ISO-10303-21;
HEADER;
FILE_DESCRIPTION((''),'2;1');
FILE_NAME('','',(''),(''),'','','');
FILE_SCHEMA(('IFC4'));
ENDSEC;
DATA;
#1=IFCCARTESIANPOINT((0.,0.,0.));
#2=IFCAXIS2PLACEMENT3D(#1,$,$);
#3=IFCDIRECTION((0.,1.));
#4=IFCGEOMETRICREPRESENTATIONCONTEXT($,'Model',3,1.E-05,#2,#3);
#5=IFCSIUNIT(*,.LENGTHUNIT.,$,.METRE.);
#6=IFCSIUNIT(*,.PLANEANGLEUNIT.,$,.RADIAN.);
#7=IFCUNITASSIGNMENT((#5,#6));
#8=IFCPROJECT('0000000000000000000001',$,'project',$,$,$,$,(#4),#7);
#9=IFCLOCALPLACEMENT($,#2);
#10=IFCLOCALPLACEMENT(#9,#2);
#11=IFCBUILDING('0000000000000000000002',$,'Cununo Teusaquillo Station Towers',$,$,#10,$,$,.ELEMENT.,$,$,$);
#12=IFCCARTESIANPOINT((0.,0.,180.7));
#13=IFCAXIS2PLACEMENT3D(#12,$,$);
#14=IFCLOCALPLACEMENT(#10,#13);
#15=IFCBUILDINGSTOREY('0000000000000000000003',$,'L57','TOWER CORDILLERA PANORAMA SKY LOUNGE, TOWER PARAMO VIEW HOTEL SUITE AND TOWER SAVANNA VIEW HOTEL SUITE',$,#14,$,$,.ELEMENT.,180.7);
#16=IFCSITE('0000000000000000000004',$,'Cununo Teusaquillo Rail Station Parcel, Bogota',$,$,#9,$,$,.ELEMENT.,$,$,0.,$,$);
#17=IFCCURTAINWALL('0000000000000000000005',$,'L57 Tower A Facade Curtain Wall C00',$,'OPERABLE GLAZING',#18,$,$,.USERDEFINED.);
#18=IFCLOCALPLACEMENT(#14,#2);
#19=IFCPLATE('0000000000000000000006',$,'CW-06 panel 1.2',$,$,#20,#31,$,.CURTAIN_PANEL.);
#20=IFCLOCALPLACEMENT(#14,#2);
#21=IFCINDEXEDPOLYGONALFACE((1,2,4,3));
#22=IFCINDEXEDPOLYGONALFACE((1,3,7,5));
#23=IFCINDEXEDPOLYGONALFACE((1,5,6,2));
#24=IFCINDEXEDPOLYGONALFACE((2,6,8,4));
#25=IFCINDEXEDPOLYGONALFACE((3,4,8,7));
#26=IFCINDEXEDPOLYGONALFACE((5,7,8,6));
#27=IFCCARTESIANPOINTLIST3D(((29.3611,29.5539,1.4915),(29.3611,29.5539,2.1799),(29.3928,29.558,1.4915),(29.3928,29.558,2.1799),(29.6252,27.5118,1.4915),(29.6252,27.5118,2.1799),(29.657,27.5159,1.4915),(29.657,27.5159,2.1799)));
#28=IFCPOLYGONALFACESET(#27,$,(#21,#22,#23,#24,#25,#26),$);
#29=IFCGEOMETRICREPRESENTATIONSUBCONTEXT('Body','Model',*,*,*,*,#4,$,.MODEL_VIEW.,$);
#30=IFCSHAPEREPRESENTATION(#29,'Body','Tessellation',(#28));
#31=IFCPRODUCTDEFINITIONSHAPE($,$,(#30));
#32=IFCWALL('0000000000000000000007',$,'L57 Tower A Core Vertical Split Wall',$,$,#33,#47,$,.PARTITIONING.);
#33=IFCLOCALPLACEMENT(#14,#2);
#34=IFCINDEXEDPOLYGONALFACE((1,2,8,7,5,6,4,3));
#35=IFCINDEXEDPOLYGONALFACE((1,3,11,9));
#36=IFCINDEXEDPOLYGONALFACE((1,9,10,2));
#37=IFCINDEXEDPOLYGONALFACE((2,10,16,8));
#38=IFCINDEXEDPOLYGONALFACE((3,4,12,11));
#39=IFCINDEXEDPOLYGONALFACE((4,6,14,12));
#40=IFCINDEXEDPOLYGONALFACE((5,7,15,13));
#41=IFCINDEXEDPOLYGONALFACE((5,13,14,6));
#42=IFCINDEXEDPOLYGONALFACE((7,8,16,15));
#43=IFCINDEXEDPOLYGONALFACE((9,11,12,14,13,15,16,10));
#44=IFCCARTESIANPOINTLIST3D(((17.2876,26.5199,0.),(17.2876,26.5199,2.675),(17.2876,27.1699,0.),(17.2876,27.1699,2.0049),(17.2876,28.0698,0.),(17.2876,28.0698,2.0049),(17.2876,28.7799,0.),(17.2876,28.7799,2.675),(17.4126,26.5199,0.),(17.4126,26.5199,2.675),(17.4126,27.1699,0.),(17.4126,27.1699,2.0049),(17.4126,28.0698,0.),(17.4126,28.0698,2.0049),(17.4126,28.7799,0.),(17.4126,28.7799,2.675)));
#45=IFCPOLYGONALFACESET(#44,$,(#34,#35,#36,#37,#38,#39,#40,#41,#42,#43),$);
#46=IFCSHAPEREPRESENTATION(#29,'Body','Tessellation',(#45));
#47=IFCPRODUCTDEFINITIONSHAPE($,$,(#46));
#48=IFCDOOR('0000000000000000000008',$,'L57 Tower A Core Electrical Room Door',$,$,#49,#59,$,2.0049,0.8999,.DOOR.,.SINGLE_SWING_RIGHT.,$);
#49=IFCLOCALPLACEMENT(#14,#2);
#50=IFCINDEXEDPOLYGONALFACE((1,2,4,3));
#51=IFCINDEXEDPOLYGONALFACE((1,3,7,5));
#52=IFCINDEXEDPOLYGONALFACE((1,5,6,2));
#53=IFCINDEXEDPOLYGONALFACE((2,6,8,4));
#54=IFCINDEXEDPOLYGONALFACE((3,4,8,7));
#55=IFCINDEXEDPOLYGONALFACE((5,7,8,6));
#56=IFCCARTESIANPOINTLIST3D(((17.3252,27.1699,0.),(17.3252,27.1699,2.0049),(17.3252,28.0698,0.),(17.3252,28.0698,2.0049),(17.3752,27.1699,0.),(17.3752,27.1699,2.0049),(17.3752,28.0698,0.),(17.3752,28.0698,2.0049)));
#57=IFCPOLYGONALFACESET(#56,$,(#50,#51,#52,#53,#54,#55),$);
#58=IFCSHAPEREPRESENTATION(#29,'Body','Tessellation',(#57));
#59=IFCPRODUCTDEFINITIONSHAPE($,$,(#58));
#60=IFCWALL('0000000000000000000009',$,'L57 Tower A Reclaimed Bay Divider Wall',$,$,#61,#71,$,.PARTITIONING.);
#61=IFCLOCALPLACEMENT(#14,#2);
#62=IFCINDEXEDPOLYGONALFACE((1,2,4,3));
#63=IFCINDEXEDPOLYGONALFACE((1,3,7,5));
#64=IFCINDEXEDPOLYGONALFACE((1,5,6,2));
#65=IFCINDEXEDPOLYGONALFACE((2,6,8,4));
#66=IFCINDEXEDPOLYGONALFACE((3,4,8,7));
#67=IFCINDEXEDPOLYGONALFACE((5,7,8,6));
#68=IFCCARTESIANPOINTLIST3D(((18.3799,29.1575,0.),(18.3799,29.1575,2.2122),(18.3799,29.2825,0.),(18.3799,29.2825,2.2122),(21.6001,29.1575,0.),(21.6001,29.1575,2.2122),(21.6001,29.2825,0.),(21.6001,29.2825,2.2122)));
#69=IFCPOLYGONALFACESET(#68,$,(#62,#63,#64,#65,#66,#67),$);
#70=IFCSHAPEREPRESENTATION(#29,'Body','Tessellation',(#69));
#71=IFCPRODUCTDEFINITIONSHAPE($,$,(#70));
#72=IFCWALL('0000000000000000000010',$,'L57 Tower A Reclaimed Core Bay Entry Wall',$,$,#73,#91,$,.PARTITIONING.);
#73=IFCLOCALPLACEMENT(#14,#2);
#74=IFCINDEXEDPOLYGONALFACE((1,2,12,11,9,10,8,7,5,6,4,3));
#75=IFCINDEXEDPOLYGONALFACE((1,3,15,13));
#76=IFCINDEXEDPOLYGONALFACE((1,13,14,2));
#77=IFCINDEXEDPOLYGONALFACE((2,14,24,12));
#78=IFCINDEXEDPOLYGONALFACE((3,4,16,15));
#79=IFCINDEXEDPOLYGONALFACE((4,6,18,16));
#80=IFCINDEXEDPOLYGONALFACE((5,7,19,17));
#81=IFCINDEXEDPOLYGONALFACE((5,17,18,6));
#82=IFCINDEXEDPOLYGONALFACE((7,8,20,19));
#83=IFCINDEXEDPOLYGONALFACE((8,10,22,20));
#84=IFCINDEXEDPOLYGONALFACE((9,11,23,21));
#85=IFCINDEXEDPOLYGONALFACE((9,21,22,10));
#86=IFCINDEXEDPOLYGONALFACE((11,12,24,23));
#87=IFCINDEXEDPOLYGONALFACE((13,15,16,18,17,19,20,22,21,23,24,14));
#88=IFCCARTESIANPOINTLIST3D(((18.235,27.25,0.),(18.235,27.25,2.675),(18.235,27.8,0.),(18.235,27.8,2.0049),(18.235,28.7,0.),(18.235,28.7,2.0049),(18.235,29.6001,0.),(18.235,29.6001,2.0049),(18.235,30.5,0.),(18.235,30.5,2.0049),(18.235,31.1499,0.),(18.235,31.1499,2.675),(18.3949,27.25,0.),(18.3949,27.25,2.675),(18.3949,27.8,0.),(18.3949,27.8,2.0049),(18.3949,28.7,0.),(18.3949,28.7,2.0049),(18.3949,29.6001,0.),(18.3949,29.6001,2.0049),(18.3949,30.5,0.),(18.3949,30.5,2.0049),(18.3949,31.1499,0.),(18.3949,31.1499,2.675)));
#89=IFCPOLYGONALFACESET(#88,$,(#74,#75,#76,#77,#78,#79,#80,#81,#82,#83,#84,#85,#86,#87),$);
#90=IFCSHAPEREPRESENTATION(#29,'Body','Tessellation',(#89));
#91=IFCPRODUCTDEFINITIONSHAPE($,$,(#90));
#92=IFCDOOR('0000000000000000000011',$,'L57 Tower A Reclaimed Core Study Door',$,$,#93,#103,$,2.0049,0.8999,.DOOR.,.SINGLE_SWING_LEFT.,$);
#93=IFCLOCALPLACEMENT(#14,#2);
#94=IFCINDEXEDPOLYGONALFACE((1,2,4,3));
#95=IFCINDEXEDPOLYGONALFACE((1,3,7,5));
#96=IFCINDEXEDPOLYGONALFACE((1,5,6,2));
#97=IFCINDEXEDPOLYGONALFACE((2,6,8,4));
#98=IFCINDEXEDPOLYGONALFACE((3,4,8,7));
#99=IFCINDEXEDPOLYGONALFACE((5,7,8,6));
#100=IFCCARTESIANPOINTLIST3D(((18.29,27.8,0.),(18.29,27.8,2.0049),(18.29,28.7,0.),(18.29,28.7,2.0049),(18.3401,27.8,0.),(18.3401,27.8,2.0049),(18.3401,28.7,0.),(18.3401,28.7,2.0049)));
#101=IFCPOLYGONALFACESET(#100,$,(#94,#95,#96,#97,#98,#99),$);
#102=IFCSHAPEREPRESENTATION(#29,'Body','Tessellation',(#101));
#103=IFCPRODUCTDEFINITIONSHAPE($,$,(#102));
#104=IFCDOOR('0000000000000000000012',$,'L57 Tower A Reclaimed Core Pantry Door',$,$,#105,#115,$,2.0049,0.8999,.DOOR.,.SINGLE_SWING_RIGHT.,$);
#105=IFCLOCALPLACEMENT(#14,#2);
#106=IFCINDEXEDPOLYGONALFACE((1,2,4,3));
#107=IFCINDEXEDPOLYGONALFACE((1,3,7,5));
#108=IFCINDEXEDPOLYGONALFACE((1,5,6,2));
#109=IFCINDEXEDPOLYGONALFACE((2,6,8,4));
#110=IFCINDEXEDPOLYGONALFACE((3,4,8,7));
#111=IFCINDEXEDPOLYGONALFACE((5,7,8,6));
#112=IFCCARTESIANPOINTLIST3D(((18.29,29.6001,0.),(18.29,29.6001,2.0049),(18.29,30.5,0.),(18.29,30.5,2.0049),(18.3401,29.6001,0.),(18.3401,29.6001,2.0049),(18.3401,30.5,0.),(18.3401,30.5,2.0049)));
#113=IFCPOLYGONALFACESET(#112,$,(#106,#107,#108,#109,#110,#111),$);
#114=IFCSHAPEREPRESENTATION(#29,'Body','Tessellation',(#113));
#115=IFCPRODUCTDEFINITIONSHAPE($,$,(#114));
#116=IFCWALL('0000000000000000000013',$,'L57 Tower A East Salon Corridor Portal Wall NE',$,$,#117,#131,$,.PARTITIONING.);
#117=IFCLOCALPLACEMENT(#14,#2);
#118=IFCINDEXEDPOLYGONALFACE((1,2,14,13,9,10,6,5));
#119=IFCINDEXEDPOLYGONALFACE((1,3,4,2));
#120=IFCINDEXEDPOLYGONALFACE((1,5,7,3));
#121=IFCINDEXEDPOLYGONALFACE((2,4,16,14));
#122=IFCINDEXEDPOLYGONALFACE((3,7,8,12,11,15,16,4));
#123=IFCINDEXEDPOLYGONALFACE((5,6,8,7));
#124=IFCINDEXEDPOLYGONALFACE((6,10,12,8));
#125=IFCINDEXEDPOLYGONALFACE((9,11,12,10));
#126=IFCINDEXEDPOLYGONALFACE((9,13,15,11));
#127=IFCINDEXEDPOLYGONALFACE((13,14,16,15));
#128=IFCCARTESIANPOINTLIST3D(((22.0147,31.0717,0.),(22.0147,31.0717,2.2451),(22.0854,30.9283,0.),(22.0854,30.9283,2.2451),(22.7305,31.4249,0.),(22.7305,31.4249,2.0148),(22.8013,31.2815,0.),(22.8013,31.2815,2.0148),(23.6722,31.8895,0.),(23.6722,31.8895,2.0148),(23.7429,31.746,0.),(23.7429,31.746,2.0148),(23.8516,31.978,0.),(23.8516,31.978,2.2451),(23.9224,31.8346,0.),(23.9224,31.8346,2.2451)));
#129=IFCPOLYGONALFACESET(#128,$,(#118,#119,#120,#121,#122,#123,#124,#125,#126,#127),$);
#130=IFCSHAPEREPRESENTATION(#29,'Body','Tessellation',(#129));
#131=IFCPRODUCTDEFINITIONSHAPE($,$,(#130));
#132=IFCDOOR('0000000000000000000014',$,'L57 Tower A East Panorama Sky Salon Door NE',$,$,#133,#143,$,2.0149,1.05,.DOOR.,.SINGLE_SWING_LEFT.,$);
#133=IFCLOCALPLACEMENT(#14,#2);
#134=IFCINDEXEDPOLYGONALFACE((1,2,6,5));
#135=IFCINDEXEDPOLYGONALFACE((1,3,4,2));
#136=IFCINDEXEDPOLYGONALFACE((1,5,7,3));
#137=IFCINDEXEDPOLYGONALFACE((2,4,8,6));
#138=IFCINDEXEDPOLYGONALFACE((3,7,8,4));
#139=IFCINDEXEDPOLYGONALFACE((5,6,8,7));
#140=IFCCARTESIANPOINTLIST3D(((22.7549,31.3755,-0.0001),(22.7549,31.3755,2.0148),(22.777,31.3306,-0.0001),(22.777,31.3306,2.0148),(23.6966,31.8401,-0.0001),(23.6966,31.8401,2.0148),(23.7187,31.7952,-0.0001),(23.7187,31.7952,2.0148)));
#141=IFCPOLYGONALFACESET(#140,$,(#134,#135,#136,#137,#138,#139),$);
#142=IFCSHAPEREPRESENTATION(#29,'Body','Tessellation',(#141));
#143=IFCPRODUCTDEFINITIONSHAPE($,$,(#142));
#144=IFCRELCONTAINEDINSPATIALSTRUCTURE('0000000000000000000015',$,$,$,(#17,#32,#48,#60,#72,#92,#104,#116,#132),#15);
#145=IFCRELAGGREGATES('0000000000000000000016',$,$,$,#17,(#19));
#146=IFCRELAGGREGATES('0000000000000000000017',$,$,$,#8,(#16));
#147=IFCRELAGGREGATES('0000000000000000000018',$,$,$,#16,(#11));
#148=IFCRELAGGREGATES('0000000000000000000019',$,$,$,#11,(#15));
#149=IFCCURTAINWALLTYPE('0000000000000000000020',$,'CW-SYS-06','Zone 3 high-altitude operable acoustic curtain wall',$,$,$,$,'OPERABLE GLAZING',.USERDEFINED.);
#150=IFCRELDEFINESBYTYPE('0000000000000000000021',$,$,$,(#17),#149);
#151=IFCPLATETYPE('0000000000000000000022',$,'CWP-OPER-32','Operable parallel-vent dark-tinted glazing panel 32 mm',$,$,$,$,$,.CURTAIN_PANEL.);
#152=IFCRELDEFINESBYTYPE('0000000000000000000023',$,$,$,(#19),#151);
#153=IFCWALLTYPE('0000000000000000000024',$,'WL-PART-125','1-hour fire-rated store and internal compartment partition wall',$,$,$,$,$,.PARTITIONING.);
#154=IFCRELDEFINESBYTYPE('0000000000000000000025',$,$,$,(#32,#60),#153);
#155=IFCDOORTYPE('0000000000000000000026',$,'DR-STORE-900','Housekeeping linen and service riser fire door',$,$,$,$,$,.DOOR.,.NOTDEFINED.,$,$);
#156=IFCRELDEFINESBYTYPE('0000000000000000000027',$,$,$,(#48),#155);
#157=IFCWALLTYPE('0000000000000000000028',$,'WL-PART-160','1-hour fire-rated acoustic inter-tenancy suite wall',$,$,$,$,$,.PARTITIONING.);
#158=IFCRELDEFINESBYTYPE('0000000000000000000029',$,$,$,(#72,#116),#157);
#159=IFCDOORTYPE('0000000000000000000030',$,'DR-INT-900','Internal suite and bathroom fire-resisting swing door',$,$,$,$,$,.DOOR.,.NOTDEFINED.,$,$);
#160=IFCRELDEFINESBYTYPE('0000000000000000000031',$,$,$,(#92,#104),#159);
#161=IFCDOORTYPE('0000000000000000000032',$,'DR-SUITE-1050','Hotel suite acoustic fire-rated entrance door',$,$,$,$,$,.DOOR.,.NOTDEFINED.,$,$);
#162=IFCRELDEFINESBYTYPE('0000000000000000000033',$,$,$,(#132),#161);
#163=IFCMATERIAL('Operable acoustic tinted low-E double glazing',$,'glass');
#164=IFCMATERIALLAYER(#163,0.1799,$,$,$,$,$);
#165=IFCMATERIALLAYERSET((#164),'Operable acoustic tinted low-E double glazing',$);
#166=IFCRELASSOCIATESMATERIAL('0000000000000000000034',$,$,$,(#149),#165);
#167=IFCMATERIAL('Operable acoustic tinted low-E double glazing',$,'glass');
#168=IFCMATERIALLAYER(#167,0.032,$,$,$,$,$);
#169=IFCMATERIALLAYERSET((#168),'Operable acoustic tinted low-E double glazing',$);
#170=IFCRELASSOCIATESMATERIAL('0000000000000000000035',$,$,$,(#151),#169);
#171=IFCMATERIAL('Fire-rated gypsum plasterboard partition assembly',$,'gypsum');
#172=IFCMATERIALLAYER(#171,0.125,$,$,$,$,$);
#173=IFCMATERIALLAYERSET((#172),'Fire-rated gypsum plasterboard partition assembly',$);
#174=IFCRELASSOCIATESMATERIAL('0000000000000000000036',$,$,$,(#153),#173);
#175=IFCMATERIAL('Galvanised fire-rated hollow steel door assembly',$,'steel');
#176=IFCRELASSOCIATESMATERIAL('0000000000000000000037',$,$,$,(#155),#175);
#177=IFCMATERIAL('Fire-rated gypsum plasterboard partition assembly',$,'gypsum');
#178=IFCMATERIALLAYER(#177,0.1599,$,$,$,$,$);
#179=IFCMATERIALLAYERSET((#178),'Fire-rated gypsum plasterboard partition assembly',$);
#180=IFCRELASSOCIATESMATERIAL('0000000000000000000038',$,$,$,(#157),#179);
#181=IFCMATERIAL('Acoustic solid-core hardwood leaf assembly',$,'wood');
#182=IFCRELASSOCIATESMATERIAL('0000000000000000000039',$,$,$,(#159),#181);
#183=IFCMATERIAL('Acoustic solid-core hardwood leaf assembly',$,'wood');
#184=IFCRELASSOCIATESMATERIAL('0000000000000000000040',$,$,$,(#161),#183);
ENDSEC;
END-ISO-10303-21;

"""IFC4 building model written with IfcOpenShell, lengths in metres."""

from ifc_helpers import new_model, si_unit, direction, frame, frame_2d, origin, origin_2d, place, context, subcontext, project, spatial, rectangle, extrude, source, transform, mapped, material, layer, layer_set, type_object, element, fill, aggregate, save


model = new_model("IFC4")

# Units and contexts
model_context = context("Model", 3, precision=1e-05, world=origin(), true_north=direction((0.0, 1.0)))
body_context = subcontext(model_context, "Body", "Model", "MODEL_VIEW")
ifc_project = project(units=[si_unit("LENGTHUNIT", "METRE"), si_unit("PLANEANGLEUNIT", "RADIAN")], contexts=[model_context])

# Site, building, storey
site_placement = place(None, origin())
site = spatial("IfcSite", under=ifc_project, at=site_placement, Name="Cununo Teusaquillo Rail Station Parcel, Bogota", CompositionType="ELEMENT", RefElevation=0.0)
building_placement = place(site_placement, origin())
building = spatial("IfcBuilding", under=site, at=building_placement, Name="Cununo Teusaquillo Station Towers", CompositionType="ELEMENT")
storey_placement = place(building_placement, frame((0.0, 0.0, 180.7)))
storey = spatial("IfcBuildingStorey", under=building, at=storey_placement, Name="L57", Description="TOWER CORDILLERA PANORAMA SKY LOUNGE, TOWER PARAMO VIEW HOTEL SUITE AND TOWER SAVANNA VIEW HOTEL SUITE", CompositionType="ELEMENT", Elevation=180.7)

# Curtain wall, plate
ifc_material_1 = material(Name="Operable acoustic tinted low-E double glazing", Category="glass")
ifc_layer_1 = layer(ifc_material_1, 0.1799)
ifc_layer_set_1 = layer_set([ifc_layer_1], Name="Operable acoustic tinted low-E double glazing")
curtain_wall_type = type_object("IfcCurtainWallType", Name="CW-SYS-06", Description="Zone 3 high-altitude operable acoustic curtain wall", ElementType="OPERABLE GLAZING", PredefinedType="USERDEFINED", material=ifc_layer_set_1)
curtain_wall_placement = place(storey_placement, origin())
curtain_wall = element("IfcCurtainWall", 1, at=curtain_wall_placement, inside=storey, type_object=curtain_wall_type, Name="L57 Tower A Facade Curtain Wall C00", ObjectType="OPERABLE GLAZING", PredefinedType="USERDEFINED")
ifc_material_2 = material(Name="Operable acoustic tinted low-E double glazing", Category="glass")
ifc_layer_2 = layer(ifc_material_2, 0.032)
ifc_layer_set_2 = layer_set([ifc_layer_2], Name="Operable acoustic tinted low-E double glazing")
plate_type = type_object("IfcPlateType", Name="CWP-OPER-32", Description="Operable parallel-vent dark-tinted glazing panel 32 mm", PredefinedType="CURTAIN_PANEL", material=ifc_layer_set_2)
shared_shape_1 = source(origin(), body_context, "Body", "SweptSolid", [
    extrude(rectangle(XDim=2.0591, YDim=0.032, at=origin_2d()), origin(), (0.0, 0.0, 1.0), 0.6885),
])
plate_1_placement = place(storey_placement, frame((29.509, 28.5349, 1.4915), z_axis=(0.0, 0.0, 1.0), x_axis=(0.128285, -0.991737, 0.0)))
plate_1 = element("IfcPlate", 2, at=plate_1_placement, type_object=plate_type, Name="CW-06 panel 1.2", PredefinedType="CURTAIN_PANEL", context=body_context, shape_type="MappedRepresentation", body=[
    mapped(shared_shape_1, transform((0.0, 0.0, 0.0), x_axis=(1.0, 0.0, 0.0), y_axis=(0.0, 1.0, 0.0), z_axis=(0.0, 0.0, 1.0), scale=1.0)),
])
aggregate(curtain_wall, [plate_1])

# Wall, opening, door
ifc_material_3 = material(Name="Fire-rated gypsum plasterboard partition assembly", Category="gypsum")
ifc_layer_3 = layer(ifc_material_3, 0.125)
ifc_layer_set_3 = layer_set([ifc_layer_3], Name="Fire-rated gypsum plasterboard partition assembly")
wall_type_1 = type_object("IfcWallType", Name="WL-PART-125", Description="1-hour fire-rated store and internal compartment partition wall", PredefinedType="PARTITIONING", material=ifc_layer_set_3)
wall_1_placement = place(storey_placement, frame((17.3501, 26.52, 0.0), z_axis=(0.0, 0.0, 1.0), x_axis=(0.0, 1.0, 0.0)))
wall_1 = element("IfcWall", 3, at=wall_1_placement, inside=storey, type_object=wall_type_1, Name="L57 Tower A Core Vertical Split Wall", PredefinedType="PARTITIONING", context=body_context, shape_type="SweptSolid", body=[
    extrude(rectangle(XDim=2.26, YDim=0.125, at=frame_2d((1.1299, 0.0))), origin(), (0.0, 0.0, 1.0), 2.675),
])
shared_shape_2 = source(origin(), body_context, "Body", "SweptSolid", [
    extrude(rectangle(XDim=0.8999, YDim=2.0049, at=frame_2d((0.45, 1.0024))), frame((0.0, 0.0725, 0.0), z_axis=(0.0, -1.0, 0.0), x_axis=(1.0, 0.0, 0.0)), (0.0, 0.0, 1.0), 0.145),
])
opening_1_placement = place(wall_1_placement, frame((0.6499, 0.0, 0.0)))
opening_1 = element("IfcOpeningElement", 4, at=opening_1_placement, cuts=wall_1, PredefinedType="OPENING", context=body_context, shape_type="MappedRepresentation", body=[
    mapped(shared_shape_2, transform((0.0, 0.0, 0.0), x_axis=(1.0, 0.0, 0.0), y_axis=(0.0, 1.0, 0.0), z_axis=(0.0, 0.0, 1.0), scale=1.0)),
])
ifc_material_4 = material(Name="Galvanised fire-rated hollow steel door assembly", Category="steel")
door_type_1 = type_object("IfcDoorType", Name="DR-STORE-900", Description="Housekeeping linen and service riser fire door", OperationType="NOTDEFINED", PredefinedType="DOOR", material=ifc_material_4)
shared_shape_3 = source(origin(), body_context, "Body", "SweptSolid", [
    extrude(rectangle(XDim=0.8999, YDim=2.0049, at=frame_2d((0.45, 1.0024))), frame((0.0, 0.0249, 0.0), z_axis=(0.0, -1.0, 0.0), x_axis=(1.0, 0.0, 0.0)), (0.0, 0.0, 1.0), 0.05),
])
door_1_placement = place(opening_1_placement, origin())
door_1 = element("IfcDoor", 5, at=door_1_placement, inside=storey, type_object=door_type_1, Name="L57 Tower A Core Electrical Room Door", OperationType="SINGLE_SWING_RIGHT", OverallHeight=2.0049, OverallWidth=0.8999, PredefinedType="DOOR", context=body_context, shape_type="MappedRepresentation", body=[
    mapped(shared_shape_3, transform((0.0, 0.0, 0.0), x_axis=(1.0, 0.0, 0.0), y_axis=(0.0, 1.0, 0.0), z_axis=(0.0, 0.0, 1.0), scale=1.0)),
])
fill(opening_1, door_1)

# Wall
wall_2_placement = place(storey_placement, frame((18.3799, 29.22, 0.0), z_axis=(0.0, 0.0, 1.0), x_axis=(1.0, 0.0, 0.0)))
element("IfcWall", 6, at=wall_2_placement, inside=storey, type_object=wall_type_1, Name="L57 Tower A Reclaimed Bay Divider Wall", PredefinedType="PARTITIONING", context=body_context, shape_type="SweptSolid", body=[
    extrude(rectangle(XDim=3.2202, YDim=0.125, at=frame_2d((1.6101, 0.0))), origin(), (0.0, 0.0, 1.0), 2.2122),
])

# Wall, openings, doors
ifc_material_5 = material(Name="Fire-rated gypsum plasterboard partition assembly", Category="gypsum")
ifc_layer_4 = layer(ifc_material_5, 0.1599)
ifc_layer_set_4 = layer_set([ifc_layer_4], Name="Fire-rated gypsum plasterboard partition assembly")
wall_type_2 = type_object("IfcWallType", Name="WL-PART-160", Description="1-hour fire-rated acoustic inter-tenancy suite wall", PredefinedType="PARTITIONING", material=ifc_layer_set_4)
wall_3_placement = place(storey_placement, frame((18.3149, 27.25, 0.0), z_axis=(0.0, 0.0, 1.0), x_axis=(0.0, 1.0, 0.0)))
wall_3 = element("IfcWall", 7, at=wall_3_placement, inside=storey, type_object=wall_type_2, Name="L57 Tower A Reclaimed Core Bay Entry Wall", PredefinedType="PARTITIONING", context=body_context, shape_type="SweptSolid", body=[
    extrude(rectangle(XDim=3.8999, YDim=0.1599, at=frame_2d((1.95, 0.0))), origin(), (0.0, 0.0, 1.0), 2.675),
])
shared_shape_4 = source(origin(), body_context, "Body", "SweptSolid", [
    extrude(rectangle(XDim=0.8999, YDim=2.0049, at=frame_2d((0.45, 1.0024))), frame((0.0, 0.0898, 0.0), z_axis=(0.0, -1.0, 0.0), x_axis=(1.0, 0.0, 0.0)), (0.0, 0.0, 1.0), 0.1799),
])
opening_2_placement = place(wall_3_placement, frame((0.55, 0.0, 0.0)))
opening_2 = element("IfcOpeningElement", 8, at=opening_2_placement, cuts=wall_3, PredefinedType="OPENING", context=body_context, shape_type="MappedRepresentation", body=[
    mapped(shared_shape_4, transform((0.0, 0.0, 0.0), x_axis=(1.0, 0.0, 0.0), y_axis=(0.0, 1.0, 0.0), z_axis=(0.0, 0.0, 1.0), scale=1.0)),
])
opening_3_placement = place(wall_3_placement, frame((2.3501, 0.0, 0.0)))
opening_3 = element("IfcOpeningElement", 9, at=opening_3_placement, cuts=wall_3, PredefinedType="OPENING", context=body_context, shape_type="MappedRepresentation", body=[
    mapped(shared_shape_4, transform((0.0, 0.0, 0.0), x_axis=(1.0, 0.0, 0.0), y_axis=(0.0, 1.0, 0.0), z_axis=(0.0, 0.0, 1.0), scale=1.0)),
])
ifc_material_6 = material(Name="Acoustic solid-core hardwood leaf assembly", Category="wood")
door_type_2 = type_object("IfcDoorType", Name="DR-INT-900", Description="Internal suite and bathroom fire-resisting swing door", OperationType="NOTDEFINED", PredefinedType="DOOR", material=ifc_material_6)
door_2_placement = place(opening_2_placement, origin())
door_2 = element("IfcDoor", 10, at=door_2_placement, inside=storey, type_object=door_type_2, Name="L57 Tower A Reclaimed Core Study Door", OperationType="SINGLE_SWING_LEFT", OverallHeight=2.0049, OverallWidth=0.8999, PredefinedType="DOOR", context=body_context, shape_type="MappedRepresentation", body=[
    mapped(shared_shape_3, transform((0.0, 0.0, 0.0), x_axis=(1.0, 0.0, 0.0), y_axis=(0.0, 1.0, 0.0), z_axis=(0.0, 0.0, 1.0), scale=1.0)),
])
fill(opening_2, door_2)
door_3_placement = place(opening_3_placement, origin())
door_3 = element("IfcDoor", 11, at=door_3_placement, inside=storey, type_object=door_type_2, Name="L57 Tower A Reclaimed Core Pantry Door", OperationType="SINGLE_SWING_RIGHT", OverallHeight=2.0049, OverallWidth=0.8999, PredefinedType="DOOR", context=body_context, shape_type="MappedRepresentation", body=[
    mapped(shared_shape_3, transform((0.0, 0.0, 0.0), x_axis=(1.0, 0.0, 0.0), y_axis=(0.0, 1.0, 0.0), z_axis=(0.0, 0.0, 1.0), scale=1.0)),
])
fill(opening_3, door_3)

# Wall, opening, door
wall_4_placement = place(storey_placement, frame((22.05, 31.0, 0.0), z_axis=(0.0, 0.0, 1.0), x_axis=(0.896798, 0.44244, 0.0)))
wall_4 = element("IfcWall", 12, at=wall_4_placement, inside=storey, type_object=wall_type_2, Name="L57 Tower A East Salon Corridor Portal Wall NE", PredefinedType="PARTITIONING", context=body_context, shape_type="SweptSolid", body=[
    extrude(rectangle(XDim=2.0483, YDim=0.1599, at=frame_2d((1.0242, 0.0))), origin(), (0.0, 0.0, 1.0), 2.2451),
])
shared_shape_5 = source(origin(), body_context, "Body", "SweptSolid", [
    extrude(rectangle(XDim=1.05, YDim=2.0149, at=frame_2d((0.5249, 1.0073))), frame((0.0, 0.0898, 0.0), z_axis=(0.0, -1.0, 0.0), x_axis=(1.0, 0.0, 0.0)), (0.0, 0.0, 1.0), 0.1799),
])
opening_4_placement = place(wall_4_placement, frame((0.7983, 0.0, 0.0)))
opening_4 = element("IfcOpeningElement", 13, at=opening_4_placement, cuts=wall_4, PredefinedType="OPENING", context=body_context, shape_type="MappedRepresentation", body=[
    mapped(shared_shape_5, transform((0.0, 0.0, 0.0), x_axis=(1.0, 0.0, 0.0), y_axis=(0.0, 1.0, 0.0), z_axis=(0.0, 0.0, 1.0), scale=1.0)),
])
ifc_material_7 = material(Name="Acoustic solid-core hardwood leaf assembly", Category="wood")
door_type_3 = type_object("IfcDoorType", Name="DR-SUITE-1050", Description="Hotel suite acoustic fire-rated entrance door", OperationType="NOTDEFINED", PredefinedType="DOOR", material=ifc_material_7)
shared_shape_6 = source(origin(), body_context, "Body", "SweptSolid", [
    extrude(rectangle(XDim=1.05, YDim=2.0149, at=frame_2d((0.5249, 1.0073))), frame((0.0, 0.0249, 0.0), z_axis=(0.0, -1.0, 0.0), x_axis=(1.0, 0.0, 0.0)), (0.0, 0.0, 1.0), 0.05),
])
door_4_placement = place(opening_4_placement, origin())
door_4 = element("IfcDoor", 14, at=door_4_placement, inside=storey, type_object=door_type_3, Name="L57 Tower A East Panorama Sky Salon Door NE", OperationType="SINGLE_SWING_LEFT", OverallHeight=2.0149, OverallWidth=1.05, PredefinedType="DOOR", context=body_context, shape_type="MappedRepresentation", body=[
    mapped(shared_shape_6, transform((0.0, 0.0, 0.0), x_axis=(1.0, 0.0, 0.0), y_axis=(0.0, 1.0, 0.0), z_axis=(0.0, 0.0, 1.0), scale=1.0)),
])
fill(opening_4, door_4)

save(model, "model.ifc")
